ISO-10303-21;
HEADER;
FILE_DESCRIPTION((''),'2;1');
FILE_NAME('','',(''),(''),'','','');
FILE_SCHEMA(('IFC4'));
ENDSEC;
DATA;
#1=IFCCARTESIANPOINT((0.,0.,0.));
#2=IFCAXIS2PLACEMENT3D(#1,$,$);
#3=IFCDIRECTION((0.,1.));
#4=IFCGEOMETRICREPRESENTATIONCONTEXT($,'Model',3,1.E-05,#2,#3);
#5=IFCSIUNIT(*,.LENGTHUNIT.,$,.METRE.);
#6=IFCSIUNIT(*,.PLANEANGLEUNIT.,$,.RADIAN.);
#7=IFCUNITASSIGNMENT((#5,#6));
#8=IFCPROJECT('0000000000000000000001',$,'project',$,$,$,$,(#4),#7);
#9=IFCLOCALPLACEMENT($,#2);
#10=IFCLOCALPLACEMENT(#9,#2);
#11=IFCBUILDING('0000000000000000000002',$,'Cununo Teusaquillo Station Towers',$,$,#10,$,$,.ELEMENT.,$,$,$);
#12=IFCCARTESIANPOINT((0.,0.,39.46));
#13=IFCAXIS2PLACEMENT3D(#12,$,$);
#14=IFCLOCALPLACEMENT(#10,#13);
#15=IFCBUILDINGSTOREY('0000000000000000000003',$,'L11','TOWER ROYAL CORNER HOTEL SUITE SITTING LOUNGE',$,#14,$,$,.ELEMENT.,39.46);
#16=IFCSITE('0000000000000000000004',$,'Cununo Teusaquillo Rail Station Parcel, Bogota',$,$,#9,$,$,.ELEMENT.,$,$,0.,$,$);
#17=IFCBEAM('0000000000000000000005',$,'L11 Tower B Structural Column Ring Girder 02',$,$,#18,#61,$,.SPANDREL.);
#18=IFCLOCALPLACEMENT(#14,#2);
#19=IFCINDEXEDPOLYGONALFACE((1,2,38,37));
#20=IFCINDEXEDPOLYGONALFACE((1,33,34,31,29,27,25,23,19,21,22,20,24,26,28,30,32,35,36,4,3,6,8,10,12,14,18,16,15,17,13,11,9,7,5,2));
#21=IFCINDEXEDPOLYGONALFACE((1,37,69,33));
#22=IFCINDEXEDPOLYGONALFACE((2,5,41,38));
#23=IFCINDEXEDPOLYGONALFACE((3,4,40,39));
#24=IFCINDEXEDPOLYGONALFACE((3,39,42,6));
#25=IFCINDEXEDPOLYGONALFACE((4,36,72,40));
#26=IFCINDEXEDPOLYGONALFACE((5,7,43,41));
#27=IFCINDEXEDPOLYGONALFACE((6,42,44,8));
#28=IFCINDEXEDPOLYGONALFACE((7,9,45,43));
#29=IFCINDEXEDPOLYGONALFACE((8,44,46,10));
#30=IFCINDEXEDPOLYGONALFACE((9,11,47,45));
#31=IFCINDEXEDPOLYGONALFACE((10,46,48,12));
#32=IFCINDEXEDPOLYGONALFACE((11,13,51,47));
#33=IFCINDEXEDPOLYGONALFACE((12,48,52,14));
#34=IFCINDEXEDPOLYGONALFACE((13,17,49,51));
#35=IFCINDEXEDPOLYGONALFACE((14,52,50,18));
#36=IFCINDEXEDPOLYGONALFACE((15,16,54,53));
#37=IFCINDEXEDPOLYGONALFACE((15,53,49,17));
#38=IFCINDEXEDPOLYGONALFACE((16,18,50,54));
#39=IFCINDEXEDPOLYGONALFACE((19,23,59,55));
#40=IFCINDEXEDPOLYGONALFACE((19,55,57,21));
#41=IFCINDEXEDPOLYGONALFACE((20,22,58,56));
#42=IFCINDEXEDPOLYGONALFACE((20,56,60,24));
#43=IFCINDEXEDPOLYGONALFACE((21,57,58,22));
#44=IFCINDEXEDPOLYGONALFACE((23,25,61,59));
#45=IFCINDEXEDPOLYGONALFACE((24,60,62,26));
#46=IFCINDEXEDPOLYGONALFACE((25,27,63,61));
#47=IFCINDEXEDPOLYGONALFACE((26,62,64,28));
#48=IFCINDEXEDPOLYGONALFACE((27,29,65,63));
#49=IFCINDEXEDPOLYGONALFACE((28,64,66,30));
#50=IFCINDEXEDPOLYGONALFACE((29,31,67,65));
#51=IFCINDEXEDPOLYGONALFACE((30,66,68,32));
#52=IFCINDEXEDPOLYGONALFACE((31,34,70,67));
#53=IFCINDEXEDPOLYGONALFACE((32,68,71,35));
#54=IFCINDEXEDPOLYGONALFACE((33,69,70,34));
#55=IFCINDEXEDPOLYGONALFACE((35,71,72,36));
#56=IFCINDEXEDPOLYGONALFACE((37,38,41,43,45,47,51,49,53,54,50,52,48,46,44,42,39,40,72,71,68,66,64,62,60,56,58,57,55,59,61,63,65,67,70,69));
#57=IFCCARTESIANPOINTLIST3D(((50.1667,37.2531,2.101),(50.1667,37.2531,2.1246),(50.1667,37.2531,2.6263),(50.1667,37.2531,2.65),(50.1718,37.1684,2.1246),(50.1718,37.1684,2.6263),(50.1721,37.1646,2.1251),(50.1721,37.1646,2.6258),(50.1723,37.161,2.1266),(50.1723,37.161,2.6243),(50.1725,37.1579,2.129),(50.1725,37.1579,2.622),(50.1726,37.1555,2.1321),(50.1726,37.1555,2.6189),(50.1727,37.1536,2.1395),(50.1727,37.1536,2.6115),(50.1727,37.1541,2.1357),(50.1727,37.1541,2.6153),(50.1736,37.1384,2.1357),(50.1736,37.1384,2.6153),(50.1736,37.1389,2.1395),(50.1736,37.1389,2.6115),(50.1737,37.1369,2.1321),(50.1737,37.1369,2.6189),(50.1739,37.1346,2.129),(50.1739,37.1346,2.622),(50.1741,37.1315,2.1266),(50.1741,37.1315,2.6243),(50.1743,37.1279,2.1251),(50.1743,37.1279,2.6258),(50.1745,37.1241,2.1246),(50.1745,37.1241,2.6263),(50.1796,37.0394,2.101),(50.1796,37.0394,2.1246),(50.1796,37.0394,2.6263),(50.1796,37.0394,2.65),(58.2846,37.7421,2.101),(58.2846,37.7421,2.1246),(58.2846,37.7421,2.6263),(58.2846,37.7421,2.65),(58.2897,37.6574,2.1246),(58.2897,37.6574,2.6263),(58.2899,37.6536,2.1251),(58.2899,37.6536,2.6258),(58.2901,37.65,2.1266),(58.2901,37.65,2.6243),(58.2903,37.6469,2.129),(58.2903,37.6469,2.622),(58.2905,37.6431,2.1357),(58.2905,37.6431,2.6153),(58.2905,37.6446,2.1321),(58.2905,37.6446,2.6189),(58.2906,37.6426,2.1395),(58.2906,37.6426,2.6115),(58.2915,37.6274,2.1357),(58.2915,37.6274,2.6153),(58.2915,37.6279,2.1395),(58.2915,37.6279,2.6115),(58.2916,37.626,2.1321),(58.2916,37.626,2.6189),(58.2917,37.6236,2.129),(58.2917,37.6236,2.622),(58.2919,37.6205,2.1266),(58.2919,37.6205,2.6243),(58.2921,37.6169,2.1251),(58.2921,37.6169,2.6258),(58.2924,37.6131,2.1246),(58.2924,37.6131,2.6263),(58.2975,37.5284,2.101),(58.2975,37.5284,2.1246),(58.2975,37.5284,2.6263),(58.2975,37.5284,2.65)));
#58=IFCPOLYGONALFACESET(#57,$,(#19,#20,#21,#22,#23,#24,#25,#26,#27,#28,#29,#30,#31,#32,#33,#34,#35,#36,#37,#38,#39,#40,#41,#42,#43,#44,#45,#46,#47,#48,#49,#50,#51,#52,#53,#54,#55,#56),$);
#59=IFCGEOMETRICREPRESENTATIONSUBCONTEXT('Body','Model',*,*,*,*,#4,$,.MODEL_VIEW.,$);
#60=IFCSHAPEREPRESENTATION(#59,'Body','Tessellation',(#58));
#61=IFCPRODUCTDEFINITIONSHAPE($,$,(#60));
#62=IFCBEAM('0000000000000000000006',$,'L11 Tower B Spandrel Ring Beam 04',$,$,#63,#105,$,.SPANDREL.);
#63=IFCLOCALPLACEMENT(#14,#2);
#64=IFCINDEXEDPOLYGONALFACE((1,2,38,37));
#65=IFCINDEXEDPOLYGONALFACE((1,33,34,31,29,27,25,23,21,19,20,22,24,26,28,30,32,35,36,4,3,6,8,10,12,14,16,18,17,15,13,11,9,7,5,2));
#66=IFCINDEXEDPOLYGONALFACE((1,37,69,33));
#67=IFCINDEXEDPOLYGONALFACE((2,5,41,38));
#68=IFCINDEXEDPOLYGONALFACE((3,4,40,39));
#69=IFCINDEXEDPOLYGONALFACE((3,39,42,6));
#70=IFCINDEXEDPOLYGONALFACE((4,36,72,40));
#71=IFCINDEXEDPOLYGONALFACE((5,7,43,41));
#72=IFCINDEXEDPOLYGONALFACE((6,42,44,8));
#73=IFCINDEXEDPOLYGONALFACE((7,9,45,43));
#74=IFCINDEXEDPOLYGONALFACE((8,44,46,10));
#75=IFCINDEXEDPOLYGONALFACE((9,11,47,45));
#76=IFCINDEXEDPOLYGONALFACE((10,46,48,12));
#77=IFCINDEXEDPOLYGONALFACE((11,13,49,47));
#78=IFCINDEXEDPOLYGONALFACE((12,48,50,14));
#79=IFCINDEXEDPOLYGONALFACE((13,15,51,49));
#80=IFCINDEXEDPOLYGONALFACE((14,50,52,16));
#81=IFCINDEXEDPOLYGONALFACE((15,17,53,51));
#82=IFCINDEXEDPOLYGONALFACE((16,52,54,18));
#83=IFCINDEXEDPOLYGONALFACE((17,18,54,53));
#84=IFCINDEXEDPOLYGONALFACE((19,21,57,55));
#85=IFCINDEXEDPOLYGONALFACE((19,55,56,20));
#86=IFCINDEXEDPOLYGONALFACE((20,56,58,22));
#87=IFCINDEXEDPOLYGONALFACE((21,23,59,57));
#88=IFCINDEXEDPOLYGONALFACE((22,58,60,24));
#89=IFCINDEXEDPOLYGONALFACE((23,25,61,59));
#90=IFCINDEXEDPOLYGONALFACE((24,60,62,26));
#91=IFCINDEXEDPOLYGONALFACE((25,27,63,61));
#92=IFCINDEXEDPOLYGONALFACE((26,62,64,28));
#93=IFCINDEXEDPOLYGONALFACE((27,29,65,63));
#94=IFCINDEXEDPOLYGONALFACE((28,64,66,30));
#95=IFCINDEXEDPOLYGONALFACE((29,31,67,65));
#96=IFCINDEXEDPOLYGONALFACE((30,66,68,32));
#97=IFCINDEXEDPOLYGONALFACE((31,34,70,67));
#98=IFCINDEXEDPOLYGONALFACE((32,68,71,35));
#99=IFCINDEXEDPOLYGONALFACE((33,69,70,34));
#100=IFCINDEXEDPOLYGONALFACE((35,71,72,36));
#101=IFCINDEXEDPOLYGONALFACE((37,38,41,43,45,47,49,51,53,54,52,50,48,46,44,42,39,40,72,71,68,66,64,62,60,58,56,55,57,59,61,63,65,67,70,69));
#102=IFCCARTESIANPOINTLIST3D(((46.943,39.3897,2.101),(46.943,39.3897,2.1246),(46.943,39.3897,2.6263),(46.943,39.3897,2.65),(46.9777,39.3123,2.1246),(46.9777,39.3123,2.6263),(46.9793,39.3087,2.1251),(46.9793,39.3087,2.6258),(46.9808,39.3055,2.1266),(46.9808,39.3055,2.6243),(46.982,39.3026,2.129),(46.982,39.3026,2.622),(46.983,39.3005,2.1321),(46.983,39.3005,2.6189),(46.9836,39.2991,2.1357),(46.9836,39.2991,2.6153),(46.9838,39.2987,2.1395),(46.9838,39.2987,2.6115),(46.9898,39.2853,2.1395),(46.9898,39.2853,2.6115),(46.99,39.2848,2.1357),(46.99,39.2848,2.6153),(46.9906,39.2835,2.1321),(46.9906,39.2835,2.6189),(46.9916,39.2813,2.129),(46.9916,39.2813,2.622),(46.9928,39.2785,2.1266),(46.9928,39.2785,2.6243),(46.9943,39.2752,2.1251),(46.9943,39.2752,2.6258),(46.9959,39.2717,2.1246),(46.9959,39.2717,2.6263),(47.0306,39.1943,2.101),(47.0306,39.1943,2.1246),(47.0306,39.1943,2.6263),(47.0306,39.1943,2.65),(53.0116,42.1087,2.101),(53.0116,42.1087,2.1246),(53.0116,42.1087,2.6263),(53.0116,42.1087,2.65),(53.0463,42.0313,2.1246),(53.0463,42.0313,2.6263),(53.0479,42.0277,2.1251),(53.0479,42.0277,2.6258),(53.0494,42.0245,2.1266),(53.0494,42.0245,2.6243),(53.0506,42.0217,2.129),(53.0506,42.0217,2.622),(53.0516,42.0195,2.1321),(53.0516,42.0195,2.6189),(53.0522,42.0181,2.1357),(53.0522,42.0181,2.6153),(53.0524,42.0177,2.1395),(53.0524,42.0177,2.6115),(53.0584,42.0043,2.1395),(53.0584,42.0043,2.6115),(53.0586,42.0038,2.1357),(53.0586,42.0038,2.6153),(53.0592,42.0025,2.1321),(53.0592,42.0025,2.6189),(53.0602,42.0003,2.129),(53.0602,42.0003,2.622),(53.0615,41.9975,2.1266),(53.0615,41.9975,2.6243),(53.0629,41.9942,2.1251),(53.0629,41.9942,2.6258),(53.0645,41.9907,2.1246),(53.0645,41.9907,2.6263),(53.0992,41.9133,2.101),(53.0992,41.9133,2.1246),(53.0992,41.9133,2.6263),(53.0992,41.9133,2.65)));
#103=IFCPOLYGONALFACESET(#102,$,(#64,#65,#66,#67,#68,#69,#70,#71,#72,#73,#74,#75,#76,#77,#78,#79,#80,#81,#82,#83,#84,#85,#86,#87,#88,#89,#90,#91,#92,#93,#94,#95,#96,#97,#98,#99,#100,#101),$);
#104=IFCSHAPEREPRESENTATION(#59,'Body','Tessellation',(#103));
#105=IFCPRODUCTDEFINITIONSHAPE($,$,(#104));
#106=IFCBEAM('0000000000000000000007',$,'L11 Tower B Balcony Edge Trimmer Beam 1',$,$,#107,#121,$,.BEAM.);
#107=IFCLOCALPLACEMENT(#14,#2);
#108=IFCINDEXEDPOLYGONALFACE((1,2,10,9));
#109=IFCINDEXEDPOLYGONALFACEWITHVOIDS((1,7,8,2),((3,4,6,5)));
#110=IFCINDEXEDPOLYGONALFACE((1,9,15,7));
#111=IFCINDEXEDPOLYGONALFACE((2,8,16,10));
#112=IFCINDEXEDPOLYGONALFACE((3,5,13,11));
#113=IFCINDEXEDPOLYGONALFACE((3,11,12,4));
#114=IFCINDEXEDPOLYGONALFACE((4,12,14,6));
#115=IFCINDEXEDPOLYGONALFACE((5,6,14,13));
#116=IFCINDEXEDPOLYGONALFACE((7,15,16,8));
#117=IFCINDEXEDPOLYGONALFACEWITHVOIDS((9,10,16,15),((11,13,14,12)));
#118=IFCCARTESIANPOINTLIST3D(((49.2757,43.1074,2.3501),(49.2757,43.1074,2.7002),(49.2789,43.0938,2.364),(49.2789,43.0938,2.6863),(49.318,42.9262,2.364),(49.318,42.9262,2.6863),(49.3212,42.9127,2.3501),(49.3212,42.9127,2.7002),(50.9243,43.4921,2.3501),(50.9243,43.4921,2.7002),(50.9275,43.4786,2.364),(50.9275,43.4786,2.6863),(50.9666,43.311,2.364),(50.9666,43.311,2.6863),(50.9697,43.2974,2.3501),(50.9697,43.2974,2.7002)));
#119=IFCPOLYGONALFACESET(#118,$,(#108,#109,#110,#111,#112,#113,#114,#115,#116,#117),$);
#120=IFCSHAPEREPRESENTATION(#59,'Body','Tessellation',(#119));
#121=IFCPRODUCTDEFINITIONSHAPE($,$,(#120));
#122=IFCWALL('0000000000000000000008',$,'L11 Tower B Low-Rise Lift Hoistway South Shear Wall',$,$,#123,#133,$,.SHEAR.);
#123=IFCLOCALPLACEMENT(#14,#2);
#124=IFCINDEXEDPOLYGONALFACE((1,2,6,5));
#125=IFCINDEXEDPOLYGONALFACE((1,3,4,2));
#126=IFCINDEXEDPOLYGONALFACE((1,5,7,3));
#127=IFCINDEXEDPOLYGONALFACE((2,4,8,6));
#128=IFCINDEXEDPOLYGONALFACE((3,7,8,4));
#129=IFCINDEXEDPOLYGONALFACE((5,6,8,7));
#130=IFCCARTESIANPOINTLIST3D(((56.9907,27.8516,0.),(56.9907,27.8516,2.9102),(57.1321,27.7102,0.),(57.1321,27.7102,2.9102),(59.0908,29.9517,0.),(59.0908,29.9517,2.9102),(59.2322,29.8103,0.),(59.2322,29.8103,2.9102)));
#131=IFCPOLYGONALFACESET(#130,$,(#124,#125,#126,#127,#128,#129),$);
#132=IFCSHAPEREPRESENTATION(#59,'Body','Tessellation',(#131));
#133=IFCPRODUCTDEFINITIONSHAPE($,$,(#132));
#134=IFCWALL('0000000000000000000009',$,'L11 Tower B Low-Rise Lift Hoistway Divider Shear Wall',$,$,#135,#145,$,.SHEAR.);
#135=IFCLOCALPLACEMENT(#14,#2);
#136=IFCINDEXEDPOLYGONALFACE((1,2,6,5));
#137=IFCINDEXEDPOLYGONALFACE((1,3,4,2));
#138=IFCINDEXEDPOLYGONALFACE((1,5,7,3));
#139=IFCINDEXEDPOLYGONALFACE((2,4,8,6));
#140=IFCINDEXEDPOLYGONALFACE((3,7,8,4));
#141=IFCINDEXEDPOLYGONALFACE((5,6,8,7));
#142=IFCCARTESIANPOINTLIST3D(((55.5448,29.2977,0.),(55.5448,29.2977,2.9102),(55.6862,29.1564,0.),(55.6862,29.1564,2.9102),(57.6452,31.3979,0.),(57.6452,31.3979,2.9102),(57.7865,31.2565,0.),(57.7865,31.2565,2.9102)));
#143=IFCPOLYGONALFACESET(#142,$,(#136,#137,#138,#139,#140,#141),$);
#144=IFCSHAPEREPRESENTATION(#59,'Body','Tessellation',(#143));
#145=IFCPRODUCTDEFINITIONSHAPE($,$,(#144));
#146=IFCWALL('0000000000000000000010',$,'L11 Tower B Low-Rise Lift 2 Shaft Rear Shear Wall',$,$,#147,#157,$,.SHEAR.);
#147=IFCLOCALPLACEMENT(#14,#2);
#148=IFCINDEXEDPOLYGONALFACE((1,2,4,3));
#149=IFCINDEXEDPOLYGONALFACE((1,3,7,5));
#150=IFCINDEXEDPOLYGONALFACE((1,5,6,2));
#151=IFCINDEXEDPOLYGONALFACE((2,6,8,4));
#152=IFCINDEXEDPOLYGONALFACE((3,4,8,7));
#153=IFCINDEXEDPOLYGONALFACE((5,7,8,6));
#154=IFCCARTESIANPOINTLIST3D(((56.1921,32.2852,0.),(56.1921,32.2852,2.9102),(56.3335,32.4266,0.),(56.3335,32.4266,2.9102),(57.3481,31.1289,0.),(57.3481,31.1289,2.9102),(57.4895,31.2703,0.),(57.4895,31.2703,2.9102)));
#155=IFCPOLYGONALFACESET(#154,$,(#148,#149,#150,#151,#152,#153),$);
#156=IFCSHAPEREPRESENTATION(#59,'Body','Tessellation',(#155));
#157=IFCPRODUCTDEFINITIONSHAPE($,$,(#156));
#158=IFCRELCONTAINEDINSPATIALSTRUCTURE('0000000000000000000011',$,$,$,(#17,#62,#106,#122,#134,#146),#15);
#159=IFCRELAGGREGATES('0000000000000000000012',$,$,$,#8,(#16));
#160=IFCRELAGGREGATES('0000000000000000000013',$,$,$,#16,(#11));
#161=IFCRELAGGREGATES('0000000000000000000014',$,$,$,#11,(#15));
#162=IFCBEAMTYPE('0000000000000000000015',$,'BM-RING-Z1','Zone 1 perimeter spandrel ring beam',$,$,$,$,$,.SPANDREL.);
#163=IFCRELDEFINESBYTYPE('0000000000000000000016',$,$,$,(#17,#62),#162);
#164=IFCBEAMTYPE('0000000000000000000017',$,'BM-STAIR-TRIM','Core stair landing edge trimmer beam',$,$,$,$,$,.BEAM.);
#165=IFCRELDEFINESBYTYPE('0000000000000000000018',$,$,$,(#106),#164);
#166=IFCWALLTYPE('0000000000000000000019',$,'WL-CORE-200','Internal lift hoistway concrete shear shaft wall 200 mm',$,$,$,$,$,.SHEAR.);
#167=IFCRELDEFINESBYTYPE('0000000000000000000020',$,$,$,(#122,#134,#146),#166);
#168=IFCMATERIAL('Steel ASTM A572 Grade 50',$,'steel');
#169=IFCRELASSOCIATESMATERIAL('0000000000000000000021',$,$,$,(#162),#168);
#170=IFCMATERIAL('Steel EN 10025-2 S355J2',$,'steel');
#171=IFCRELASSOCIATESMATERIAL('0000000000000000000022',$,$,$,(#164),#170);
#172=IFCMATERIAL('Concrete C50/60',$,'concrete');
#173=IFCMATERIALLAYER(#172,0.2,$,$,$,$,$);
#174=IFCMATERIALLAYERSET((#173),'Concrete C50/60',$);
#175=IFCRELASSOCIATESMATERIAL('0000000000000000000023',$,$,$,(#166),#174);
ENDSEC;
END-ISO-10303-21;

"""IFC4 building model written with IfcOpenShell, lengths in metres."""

from ifc_helpers import new_model, si_unit, direction, frame, frame_2d, origin, origin_2d, place, context, subcontext, project, spatial, rectangle, hollow_rectangle, i_section, extrude, material, layer, layer_set, material_profile, profile_set, type_object, element, save


model = new_model("IFC4")

# Units and contexts
model_context = context("Model", 3, precision=1e-05, world=origin(), true_north=direction((0.0, 1.0)))
body_context = subcontext(model_context, "Body", "Model", "MODEL_VIEW")
ifc_project = project(units=[si_unit("LENGTHUNIT", "METRE"), si_unit("PLANEANGLEUNIT", "RADIAN")], contexts=[model_context])

# Site, building, storey
site_placement = place(None, origin())
site = spatial("IfcSite", under=ifc_project, at=site_placement, Name="Cununo Teusaquillo Rail Station Parcel, Bogota", CompositionType="ELEMENT", RefElevation=0.0)
building_placement = place(site_placement, origin())
building = spatial("IfcBuilding", under=site, at=building_placement, Name="Cununo Teusaquillo Station Towers", CompositionType="ELEMENT")
storey_placement = place(building_placement, frame((0.0, 0.0, 39.46)))
storey = spatial("IfcBuildingStorey", under=building, at=storey_placement, Name="L11", Description="TOWER ROYAL CORNER HOTEL SUITE SITTING LOUNGE", CompositionType="ELEMENT", Elevation=39.46)

# Beams
ifc_material_1 = material(Name="Steel ASTM A572 Grade 50", Category="steel")
ifc_material_profile_1 = material_profile(ifc_material_1, i_section(OverallWidth=0.2141, OverallDepth=0.5491, WebThickness=0.0146, FlangeThickness=0.0237, FilletRadius=0.0149, at=origin_2d()), Name="W21X93")
ifc_profile_set_1 = profile_set([ifc_material_profile_1], Name="Steel ASTM A572 Grade 50")
beam_type_1 = type_object("IfcBeamType", Name="BM-RING-Z1", Description="Zone 1 perimeter spandrel ring beam", PredefinedType="SPANDREL", material=ifc_profile_set_1)
beam_1_placement = place(storey_placement, frame((58.291, 37.6353, 2.3755), z_axis=(-0.998191, -0.06013, 0.0), x_axis=(0.06013, -0.998191, 0.0)))
element("IfcBeam", 1, at=beam_1_placement, inside=storey, type_object=beam_type_1, Name="L11 Tower B Structural Column Ring Girder 02", PredefinedType="SPANDREL", context=body_context, shape_type="SweptSolid", body=[
    extrude(i_section(OverallWidth=0.2141, OverallDepth=0.5491, WebThickness=0.0146, FlangeThickness=0.0237, FilletRadius=0.0149, at=origin_2d()), origin(), (0.0, 0.0, 1.0), 8.1326),
])
beam_2_placement = place(storey_placement, frame((53.0554, 42.011, 2.3755), z_axis=(-0.912589, -0.408879, 0.0), x_axis=(0.408879, -0.912589, 0.0)))
element("IfcBeam", 2, at=beam_2_placement, inside=storey, type_object=beam_type_1, Name="L11 Tower B Spandrel Ring Beam 04", PredefinedType="SPANDREL", context=body_context, shape_type="SweptSolid", body=[
    extrude(i_section(OverallWidth=0.2141, OverallDepth=0.5491, WebThickness=0.0146, FlangeThickness=0.0237, FilletRadius=0.0149, at=origin_2d()), origin(), (0.0, 0.0, 1.0), 6.6499),
])
ifc_material_2 = material(Name="Steel EN 10025-2 S355J2", Category="steel")
ifc_material_profile_2 = material_profile(ifc_material_2, hollow_rectangle(XDim=0.2, YDim=0.3501, WallThickness=0.0139, at=origin_2d()), Name="RHS 350x200x14")
ifc_profile_set_2 = profile_set([ifc_material_profile_2], Name="Steel EN 10025-2 S355J2")
beam_type_2 = type_object("IfcBeamType", Name="BM-STAIR-TRIM", Description="Core stair landing edge trimmer beam", PredefinedType="BEAM", material=ifc_profile_set_2)
beam_3_placement = place(storey_placement, frame((50.947, 43.3948, 2.5251), z_axis=(-0.973832, -0.227271, 0.0), x_axis=(0.227271, -0.973832, 0.0)))
element("IfcBeam", 3, at=beam_3_placement, inside=storey, type_object=beam_type_2, Name="L11 Tower B Balcony Edge Trimmer Beam 1", PredefinedType="BEAM", context=body_context, shape_type="SweptSolid", body=[
    extrude(hollow_rectangle(XDim=0.2, YDim=0.3501, WallThickness=0.0139, at=origin_2d()), origin(), (0.0, 0.0, 1.0), 1.6929),
])

# Walls
ifc_material_3 = material(Name="Concrete C50/60", Category="concrete")
ifc_layer_1 = layer(ifc_material_3, 0.2)
ifc_layer_set_1 = layer_set([ifc_layer_1], Name="Concrete C50/60")
wall_type_1 = type_object("IfcWallType", Name="WL-CORE-200", Description="Internal lift hoistway concrete shear shaft wall 200 mm", PredefinedType="SHEAR", material=ifc_layer_set_1)
wall_1_placement = place(storey_placement, frame((57.0615, 27.781, 0.0), z_axis=(0.0, 0.0, 1.0), x_axis=(0.707107, 0.707107, 0.0)))
element("IfcWall", 4, at=wall_1_placement, inside=storey, type_object=wall_type_1, Name="L11 Tower B Low-Rise Lift Hoistway South Shear Wall", PredefinedType="SHEAR", context=body_context, shape_type="SweptSolid", body=[
    extrude(rectangle(XDim=2.97, YDim=0.2, at=frame_2d((1.4849, 0.0))), origin(), (0.0, 0.0, 1.0), 2.9102),
])
wall_2_placement = place(storey_placement, frame((55.6155, 29.2271, 0.0), z_axis=(0.0, 0.0, 1.0), x_axis=(0.707148, 0.707066, 0.0)))
element("IfcWall", 5, at=wall_2_placement, inside=storey, type_object=wall_type_1, Name="L11 Tower B Low-Rise Lift Hoistway Divider Shear Wall", PredefinedType="SHEAR", context=body_context, shape_type="SweptSolid", body=[
    extrude(rectangle(XDim=2.9702, YDim=0.2, at=frame_2d((1.4851, 0.0))), origin(), (0.0, 0.0, 1.0), 2.9102),
])
wall_3_placement = place(storey_placement, frame((57.4187, 31.1997, 0.0), z_axis=(0.0, 0.0, 1.0), x_axis=(-0.707032, 0.707181, 0.0)))
element("IfcWall", 6, at=wall_3_placement, inside=storey, type_object=wall_type_1, Name="L11 Tower B Low-Rise Lift 2 Shaft Rear Shear Wall", PredefinedType="SHEAR", context=body_context, shape_type="SweptSolid", body=[
    extrude(rectangle(XDim=1.635, YDim=0.2, at=frame_2d((0.8174, 0.0))), origin(), (0.0, 0.0, 1.0), 2.9102),
])

save(model, "model.ifc")
